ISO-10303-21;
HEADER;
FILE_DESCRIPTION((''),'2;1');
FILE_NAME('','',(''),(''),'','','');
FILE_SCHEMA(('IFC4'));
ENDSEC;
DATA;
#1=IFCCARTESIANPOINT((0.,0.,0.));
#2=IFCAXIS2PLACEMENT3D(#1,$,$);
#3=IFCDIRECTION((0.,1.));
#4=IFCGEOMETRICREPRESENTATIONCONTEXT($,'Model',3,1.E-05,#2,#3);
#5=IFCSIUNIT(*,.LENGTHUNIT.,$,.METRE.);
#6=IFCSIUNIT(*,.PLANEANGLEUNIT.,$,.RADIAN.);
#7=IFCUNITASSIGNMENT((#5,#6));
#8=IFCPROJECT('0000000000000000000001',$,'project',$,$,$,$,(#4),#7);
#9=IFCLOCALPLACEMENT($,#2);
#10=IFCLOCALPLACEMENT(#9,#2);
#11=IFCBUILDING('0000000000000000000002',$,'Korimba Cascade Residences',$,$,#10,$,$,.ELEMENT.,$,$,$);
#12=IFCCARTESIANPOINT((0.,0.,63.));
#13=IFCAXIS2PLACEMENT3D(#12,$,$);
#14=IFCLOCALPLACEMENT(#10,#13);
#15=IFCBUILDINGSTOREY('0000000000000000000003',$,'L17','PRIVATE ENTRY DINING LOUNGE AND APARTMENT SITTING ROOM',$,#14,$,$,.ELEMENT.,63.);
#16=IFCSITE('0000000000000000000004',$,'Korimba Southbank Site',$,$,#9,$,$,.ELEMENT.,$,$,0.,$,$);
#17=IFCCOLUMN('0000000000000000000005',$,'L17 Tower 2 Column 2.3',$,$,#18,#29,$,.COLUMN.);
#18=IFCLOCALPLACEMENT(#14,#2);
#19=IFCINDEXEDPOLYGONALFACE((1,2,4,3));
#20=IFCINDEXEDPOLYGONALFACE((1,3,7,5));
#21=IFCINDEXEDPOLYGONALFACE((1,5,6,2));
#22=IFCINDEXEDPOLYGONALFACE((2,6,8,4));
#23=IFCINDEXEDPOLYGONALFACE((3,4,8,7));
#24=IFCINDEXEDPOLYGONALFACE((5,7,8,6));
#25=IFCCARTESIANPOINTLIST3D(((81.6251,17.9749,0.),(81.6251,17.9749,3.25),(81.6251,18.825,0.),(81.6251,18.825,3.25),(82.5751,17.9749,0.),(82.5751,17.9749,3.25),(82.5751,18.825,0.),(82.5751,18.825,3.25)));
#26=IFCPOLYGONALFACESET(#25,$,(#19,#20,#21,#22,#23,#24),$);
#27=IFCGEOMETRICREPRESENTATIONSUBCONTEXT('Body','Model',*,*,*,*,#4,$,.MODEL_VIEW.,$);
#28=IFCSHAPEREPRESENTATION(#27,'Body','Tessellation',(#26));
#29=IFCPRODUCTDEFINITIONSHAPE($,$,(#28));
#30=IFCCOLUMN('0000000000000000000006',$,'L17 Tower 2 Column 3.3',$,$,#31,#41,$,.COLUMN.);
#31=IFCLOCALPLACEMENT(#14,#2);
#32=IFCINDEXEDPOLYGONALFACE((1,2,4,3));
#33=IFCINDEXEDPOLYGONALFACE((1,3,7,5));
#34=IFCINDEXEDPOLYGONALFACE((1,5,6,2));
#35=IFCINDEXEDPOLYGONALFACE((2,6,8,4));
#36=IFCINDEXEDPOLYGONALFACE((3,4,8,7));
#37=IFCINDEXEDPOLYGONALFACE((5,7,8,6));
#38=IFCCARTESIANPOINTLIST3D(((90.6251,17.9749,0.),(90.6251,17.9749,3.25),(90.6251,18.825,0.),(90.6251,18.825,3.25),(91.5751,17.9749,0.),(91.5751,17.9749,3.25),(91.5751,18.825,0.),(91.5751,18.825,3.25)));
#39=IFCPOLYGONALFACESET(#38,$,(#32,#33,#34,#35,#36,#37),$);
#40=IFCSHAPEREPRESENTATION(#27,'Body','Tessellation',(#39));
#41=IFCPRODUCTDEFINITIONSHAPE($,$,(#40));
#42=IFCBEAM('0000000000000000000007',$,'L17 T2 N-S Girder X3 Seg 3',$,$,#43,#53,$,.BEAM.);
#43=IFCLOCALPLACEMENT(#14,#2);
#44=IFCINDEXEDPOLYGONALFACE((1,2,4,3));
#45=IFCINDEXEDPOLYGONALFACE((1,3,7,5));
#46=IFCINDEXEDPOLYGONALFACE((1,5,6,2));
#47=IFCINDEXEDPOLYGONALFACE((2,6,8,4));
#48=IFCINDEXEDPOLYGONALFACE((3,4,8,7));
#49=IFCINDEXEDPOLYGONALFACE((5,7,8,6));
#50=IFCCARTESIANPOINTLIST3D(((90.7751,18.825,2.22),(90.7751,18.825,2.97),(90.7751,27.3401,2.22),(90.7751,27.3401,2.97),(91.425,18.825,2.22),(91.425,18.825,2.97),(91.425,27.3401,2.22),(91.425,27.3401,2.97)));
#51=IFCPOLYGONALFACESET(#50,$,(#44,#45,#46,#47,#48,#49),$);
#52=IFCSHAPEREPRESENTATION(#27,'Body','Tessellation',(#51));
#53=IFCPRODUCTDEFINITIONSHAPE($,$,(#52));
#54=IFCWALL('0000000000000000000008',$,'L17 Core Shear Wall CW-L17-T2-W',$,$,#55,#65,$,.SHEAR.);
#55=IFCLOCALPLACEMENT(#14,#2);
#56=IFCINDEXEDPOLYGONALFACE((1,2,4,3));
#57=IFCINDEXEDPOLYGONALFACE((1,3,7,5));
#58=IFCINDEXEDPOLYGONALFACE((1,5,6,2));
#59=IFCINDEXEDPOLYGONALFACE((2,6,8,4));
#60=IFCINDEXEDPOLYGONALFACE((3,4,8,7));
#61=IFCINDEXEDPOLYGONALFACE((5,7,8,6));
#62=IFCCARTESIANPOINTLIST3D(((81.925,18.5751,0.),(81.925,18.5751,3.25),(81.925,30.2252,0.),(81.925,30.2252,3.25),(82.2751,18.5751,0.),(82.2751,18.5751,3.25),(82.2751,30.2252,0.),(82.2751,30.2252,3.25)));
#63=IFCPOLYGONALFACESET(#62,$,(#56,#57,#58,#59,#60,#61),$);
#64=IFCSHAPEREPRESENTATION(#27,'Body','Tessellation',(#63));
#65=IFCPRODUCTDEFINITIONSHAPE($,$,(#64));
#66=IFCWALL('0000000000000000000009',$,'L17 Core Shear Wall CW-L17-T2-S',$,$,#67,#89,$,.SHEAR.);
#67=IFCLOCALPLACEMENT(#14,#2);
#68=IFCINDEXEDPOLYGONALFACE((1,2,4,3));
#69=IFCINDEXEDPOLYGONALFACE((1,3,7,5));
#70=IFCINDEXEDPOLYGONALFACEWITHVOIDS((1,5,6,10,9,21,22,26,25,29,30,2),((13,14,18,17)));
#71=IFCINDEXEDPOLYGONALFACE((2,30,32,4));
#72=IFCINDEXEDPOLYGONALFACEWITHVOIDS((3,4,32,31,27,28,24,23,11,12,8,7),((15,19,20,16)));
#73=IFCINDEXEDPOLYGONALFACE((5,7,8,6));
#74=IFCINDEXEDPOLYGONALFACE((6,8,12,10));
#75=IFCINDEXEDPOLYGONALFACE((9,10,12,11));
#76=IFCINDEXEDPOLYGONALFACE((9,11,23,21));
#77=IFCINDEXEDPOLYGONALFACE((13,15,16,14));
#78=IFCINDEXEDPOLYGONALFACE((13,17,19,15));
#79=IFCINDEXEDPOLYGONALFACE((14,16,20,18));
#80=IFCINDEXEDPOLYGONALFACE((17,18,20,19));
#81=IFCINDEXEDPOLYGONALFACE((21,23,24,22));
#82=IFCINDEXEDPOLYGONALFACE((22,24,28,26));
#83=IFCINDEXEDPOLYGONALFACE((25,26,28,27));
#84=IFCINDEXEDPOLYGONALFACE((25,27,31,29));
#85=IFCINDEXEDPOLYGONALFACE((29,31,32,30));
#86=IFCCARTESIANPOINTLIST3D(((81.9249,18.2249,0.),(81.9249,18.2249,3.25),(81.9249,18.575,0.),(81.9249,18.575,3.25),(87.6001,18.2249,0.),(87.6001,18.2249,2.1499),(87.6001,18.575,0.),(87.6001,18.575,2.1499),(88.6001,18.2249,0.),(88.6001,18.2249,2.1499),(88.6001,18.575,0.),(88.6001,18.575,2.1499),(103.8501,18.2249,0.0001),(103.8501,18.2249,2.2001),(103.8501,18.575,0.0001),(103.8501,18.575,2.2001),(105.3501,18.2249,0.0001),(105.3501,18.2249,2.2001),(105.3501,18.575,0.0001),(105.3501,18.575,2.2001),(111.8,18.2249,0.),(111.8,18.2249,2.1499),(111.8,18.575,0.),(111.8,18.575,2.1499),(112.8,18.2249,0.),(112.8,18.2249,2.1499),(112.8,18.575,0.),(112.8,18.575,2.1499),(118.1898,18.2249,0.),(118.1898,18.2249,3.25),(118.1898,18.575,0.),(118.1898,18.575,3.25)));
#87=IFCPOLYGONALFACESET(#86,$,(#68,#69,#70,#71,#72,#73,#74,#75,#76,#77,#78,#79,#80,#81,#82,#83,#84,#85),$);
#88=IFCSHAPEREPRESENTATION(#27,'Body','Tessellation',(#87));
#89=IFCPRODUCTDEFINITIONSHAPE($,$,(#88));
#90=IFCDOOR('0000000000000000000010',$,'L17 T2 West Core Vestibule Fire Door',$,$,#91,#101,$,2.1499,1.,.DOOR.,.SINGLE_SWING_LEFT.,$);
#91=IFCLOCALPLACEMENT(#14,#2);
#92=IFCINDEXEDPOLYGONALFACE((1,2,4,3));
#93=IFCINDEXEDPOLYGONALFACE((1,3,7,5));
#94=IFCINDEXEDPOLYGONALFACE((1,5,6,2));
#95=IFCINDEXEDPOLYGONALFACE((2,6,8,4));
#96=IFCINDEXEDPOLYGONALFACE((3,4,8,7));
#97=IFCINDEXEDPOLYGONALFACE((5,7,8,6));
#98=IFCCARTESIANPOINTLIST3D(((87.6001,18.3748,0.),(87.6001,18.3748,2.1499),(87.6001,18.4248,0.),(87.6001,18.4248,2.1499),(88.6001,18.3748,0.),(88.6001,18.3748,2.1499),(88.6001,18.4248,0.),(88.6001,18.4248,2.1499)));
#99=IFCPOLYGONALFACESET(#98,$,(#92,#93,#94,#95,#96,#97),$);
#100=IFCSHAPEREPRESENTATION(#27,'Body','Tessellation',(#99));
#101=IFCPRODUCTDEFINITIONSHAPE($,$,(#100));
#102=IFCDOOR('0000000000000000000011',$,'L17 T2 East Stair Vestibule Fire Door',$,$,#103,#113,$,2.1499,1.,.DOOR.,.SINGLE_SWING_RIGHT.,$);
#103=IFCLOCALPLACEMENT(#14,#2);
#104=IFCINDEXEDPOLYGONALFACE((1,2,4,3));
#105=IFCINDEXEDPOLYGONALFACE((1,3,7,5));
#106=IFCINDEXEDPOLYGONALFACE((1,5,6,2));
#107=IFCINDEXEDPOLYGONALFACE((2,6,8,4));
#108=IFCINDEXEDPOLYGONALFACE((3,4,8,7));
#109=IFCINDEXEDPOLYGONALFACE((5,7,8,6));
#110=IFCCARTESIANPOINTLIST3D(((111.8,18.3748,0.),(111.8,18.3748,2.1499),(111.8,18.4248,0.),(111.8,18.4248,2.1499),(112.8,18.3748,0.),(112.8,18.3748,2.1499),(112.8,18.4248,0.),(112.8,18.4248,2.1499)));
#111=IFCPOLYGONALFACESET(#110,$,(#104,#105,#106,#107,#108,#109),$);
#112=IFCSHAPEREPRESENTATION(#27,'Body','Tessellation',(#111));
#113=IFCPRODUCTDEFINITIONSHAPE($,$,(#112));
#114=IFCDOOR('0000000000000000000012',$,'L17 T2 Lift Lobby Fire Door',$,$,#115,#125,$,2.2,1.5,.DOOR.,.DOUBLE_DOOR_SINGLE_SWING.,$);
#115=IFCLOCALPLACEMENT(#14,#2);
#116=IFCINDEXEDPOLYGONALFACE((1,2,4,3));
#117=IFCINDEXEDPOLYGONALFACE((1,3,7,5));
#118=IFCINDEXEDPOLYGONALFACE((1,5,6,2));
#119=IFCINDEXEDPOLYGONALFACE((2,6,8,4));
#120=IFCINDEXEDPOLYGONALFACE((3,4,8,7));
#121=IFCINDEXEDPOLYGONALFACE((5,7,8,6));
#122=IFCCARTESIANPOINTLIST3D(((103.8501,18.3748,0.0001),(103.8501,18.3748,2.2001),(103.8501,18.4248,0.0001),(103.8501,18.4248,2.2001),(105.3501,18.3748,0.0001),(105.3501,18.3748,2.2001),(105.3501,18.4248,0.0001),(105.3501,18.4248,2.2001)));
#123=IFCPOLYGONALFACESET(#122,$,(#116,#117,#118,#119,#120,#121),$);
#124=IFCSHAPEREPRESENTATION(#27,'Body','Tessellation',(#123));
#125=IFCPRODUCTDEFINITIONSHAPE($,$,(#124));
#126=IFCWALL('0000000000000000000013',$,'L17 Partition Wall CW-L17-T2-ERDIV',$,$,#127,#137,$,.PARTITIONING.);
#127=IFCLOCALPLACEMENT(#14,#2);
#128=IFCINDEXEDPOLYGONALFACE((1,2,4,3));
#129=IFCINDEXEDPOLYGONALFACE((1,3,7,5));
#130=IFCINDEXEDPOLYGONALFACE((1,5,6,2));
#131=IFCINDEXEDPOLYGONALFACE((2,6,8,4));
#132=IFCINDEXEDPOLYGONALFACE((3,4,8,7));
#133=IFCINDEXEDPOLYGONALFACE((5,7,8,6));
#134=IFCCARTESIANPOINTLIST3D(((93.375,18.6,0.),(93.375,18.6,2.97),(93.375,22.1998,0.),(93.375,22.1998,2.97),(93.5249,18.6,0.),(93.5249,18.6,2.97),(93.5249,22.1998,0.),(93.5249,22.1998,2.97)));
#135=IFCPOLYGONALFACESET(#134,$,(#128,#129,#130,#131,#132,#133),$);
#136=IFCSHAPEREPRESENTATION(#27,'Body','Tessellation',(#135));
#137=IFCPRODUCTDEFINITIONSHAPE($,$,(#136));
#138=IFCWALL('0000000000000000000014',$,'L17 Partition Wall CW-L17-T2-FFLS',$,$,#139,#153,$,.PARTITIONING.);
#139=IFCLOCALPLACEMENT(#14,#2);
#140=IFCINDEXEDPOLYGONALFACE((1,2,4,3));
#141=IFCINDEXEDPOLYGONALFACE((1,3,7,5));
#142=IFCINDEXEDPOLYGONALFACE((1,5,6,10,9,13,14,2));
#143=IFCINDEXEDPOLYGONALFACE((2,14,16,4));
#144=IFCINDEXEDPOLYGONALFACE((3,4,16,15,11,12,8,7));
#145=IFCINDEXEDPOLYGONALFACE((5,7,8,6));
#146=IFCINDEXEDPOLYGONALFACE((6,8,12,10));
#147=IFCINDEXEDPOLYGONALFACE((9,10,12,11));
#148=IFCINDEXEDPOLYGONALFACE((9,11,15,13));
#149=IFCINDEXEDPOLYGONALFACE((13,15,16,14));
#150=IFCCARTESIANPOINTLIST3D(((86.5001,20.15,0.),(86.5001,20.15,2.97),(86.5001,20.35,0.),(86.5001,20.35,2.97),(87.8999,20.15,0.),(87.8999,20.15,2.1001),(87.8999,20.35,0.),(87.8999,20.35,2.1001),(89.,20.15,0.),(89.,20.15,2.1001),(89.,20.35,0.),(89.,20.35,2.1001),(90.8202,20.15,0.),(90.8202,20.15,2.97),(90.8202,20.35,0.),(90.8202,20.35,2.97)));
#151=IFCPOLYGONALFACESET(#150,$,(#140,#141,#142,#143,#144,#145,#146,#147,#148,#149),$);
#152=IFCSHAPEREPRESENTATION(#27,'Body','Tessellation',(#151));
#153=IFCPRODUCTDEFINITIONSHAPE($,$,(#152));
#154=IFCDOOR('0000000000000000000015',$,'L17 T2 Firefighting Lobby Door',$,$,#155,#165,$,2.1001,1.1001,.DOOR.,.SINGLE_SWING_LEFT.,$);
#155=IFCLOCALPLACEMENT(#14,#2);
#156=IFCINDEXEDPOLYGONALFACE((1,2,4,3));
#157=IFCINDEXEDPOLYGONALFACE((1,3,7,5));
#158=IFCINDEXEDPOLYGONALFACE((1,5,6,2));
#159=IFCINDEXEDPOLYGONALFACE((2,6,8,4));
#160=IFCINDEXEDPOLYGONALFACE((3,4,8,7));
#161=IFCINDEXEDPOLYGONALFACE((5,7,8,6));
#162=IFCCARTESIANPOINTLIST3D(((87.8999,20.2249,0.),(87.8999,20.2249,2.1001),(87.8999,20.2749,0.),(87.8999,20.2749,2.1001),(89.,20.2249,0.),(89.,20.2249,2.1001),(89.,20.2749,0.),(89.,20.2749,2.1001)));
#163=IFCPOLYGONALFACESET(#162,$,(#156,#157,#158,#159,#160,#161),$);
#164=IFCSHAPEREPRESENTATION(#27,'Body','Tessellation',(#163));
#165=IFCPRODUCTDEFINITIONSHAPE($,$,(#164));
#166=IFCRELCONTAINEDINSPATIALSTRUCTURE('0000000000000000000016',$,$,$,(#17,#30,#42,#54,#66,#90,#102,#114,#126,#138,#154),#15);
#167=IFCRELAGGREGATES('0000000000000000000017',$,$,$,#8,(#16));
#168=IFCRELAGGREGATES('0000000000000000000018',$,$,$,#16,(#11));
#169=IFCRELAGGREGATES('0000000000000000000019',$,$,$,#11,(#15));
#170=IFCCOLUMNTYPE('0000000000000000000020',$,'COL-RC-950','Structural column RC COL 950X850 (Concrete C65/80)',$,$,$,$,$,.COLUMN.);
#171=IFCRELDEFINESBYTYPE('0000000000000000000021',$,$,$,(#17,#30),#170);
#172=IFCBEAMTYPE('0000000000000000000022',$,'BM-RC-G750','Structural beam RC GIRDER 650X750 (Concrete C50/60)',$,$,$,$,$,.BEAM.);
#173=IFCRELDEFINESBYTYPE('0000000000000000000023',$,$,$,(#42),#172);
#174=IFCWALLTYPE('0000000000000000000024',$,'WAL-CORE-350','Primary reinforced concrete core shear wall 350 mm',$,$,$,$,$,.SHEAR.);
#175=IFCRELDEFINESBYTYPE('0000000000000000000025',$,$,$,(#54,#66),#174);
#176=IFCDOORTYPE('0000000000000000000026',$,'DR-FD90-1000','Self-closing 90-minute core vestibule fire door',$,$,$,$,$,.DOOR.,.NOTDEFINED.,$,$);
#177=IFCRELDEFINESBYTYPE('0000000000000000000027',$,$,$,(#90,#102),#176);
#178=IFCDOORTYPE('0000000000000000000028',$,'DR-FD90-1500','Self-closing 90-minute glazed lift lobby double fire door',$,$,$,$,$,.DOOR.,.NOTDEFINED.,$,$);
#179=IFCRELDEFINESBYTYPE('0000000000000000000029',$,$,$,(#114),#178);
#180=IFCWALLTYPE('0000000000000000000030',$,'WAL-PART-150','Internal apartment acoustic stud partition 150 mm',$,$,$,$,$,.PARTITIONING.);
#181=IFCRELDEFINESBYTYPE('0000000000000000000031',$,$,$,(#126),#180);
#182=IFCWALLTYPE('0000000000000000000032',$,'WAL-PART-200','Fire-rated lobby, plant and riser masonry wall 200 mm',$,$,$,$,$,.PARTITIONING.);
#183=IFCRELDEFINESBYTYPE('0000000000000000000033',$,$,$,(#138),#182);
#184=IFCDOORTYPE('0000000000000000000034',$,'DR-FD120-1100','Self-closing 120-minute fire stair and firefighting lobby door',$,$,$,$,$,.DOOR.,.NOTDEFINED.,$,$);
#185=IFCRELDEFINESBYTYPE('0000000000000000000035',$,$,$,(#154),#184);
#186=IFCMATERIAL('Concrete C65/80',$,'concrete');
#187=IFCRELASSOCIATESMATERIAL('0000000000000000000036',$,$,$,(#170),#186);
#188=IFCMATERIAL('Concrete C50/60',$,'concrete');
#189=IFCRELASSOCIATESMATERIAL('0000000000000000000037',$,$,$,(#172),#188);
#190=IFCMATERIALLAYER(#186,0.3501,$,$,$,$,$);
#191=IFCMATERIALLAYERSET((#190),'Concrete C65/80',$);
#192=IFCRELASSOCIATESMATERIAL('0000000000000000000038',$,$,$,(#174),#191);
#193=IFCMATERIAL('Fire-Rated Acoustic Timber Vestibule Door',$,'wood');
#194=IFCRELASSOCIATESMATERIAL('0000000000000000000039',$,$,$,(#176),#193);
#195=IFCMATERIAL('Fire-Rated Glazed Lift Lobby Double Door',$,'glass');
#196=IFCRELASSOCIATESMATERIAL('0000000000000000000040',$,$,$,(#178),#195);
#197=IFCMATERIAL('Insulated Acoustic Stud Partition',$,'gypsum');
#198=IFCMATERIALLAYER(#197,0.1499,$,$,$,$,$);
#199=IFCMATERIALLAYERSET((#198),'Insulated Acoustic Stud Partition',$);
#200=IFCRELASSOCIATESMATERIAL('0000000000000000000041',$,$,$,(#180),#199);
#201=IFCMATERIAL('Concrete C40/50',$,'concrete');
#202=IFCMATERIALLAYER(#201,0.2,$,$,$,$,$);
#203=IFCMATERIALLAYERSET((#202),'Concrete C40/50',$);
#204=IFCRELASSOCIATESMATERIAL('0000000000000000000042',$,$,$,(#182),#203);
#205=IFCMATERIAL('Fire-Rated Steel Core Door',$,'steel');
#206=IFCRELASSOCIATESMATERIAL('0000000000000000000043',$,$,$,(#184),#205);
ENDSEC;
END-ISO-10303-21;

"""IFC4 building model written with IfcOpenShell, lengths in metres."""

from ifc_helpers import new_model, si_unit, direction, frame, frame_2d, origin, origin_2d, place, context, subcontext, project, spatial, rectangle, extrude, material, layer, layer_set, material_profile, profile_set, type_object, element, fill, save


model = new_model("IFC4")

# Units and contexts
model_context = context("Model", 3, precision=1e-05, world=origin(), true_north=direction((0.0, 1.0)))
body_context = subcontext(model_context, "Body", "Model", "MODEL_VIEW")
ifc_project = project(units=[si_unit("LENGTHUNIT", "METRE"), si_unit("PLANEANGLEUNIT", "RADIAN")], contexts=[model_context])

# Site, building, storey
site_placement = place(None, origin())
site = spatial("IfcSite", under=ifc_project, at=site_placement, Name="Korimba Southbank Site", CompositionType="ELEMENT", RefElevation=0.0)
building_placement = place(site_placement, origin())
building = spatial("IfcBuilding", under=site, at=building_placement, Name="Korimba Cascade Residences", CompositionType="ELEMENT")
storey_placement = place(building_placement, frame((0.0, 0.0, 63.0)))
storey = spatial("IfcBuildingStorey", under=building, at=storey_placement, Name="L17", Description="PRIVATE ENTRY DINING LOUNGE AND APARTMENT SITTING ROOM", CompositionType="ELEMENT", Elevation=63.0)

# Columns
ifc_material_1 = material(Name="Concrete C65/80", Category="concrete")
ifc_material_profile_1 = material_profile(ifc_material_1, rectangle(XDim=0.95, YDim=0.8501, at=origin_2d()), Name="Concrete C65/80")
ifc_profile_set_1 = profile_set([ifc_material_profile_1], Name="Concrete C65/80")
column_type = type_object("IfcColumnType", Name="COL-RC-950", Description="Structural column RC COL 950X850 (Concrete C65/80)", PredefinedType="COLUMN", material=ifc_profile_set_1)
for number, where, z_axis, x_axis, name in (
    (1, (82.1001, 18.3999, 0.0), (0.0, 0.0, 1.0), (1.0, 0.0, 0.0), "L17 Tower 2 Column 2.3"),
    (2, (91.1001, 18.3999, 0.0), (0.0, 0.0, 1.0), (1.0, 0.0, 0.0), "L17 Tower 2 Column 3.3"),
):
    element("IfcColumn", number, at=place(storey_placement, frame(where, z_axis=z_axis, x_axis=x_axis)), inside=storey, type_object=column_type, Name=name, PredefinedType="COLUMN", context=body_context, shape_type="SweptSolid", body=[
        extrude(rectangle(XDim=0.95, YDim=0.8501, at=origin_2d()), origin(), (0.0, 0.0, 1.0), 3.25),
    ])

# Beam
ifc_material_2 = material(Name="Concrete C50/60", Category="concrete")
ifc_material_profile_2 = material_profile(ifc_material_2, rectangle(XDim=0.6499, YDim=0.75, at=origin_2d()), Name="Concrete C50/60")
ifc_profile_set_2 = profile_set([ifc_material_profile_2], Name="Concrete C50/60")
beam_type = type_object("IfcBeamType", Name="BM-RC-G750", Description="Structural beam RC GIRDER 650X750 (Concrete C50/60)", PredefinedType="BEAM", material=ifc_profile_set_2)
beam_placement = place(storey_placement, frame((91.1001, 18.825, 2.595), z_axis=(0.0, 1.0, 0.0), x_axis=(-1.0, 0.0, 0.0)))
element("IfcBeam", 3, at=beam_placement, inside=storey, type_object=beam_type, Name="L17 T2 N-S Girder X3 Seg 3", PredefinedType="BEAM", context=body_context, shape_type="SweptSolid", body=[
    extrude(rectangle(XDim=0.6499, YDim=0.75, at=origin_2d()), origin(), (0.0, 0.0, 1.0), 8.5151),
])

# Wall
ifc_layer_1 = layer(ifc_material_1, 0.3501)
ifc_layer_set_1 = layer_set([ifc_layer_1], Name="Concrete C65/80")
wall_type_1 = type_object("IfcWallType", Name="WAL-CORE-350", Description="Primary reinforced concrete core shear wall 350 mm", PredefinedType="SHEAR", material=ifc_layer_set_1)
wall_1_placement = place(storey_placement, frame((82.1001, 18.575, 0.0), z_axis=(0.0, 0.0, 1.0), x_axis=(0.0, 1.0, 0.0)))
element("IfcWall", 4, at=wall_1_placement, inside=storey, type_object=wall_type_1, Name="L17 Core Shear Wall CW-L17-T2-W", PredefinedType="SHEAR", context=body_context, shape_type="SweptSolid", body=[
    extrude(rectangle(XDim=11.6501, YDim=0.3501, at=frame_2d((5.8252, 0.0))), origin(), (0.0, 0.0, 1.0), 3.25),
])

# Wall, openings, doors
wall_2_placement = place(storey_placement, frame((81.925, 18.3999, 0.0), z_axis=(0.0, 0.0, 1.0), x_axis=(1.0, 0.0, 0.0)))
wall_2 = element("IfcWall", 5, at=wall_2_placement, inside=storey, type_object=wall_type_1, Name="L17 Core Shear Wall CW-L17-T2-S", PredefinedType="SHEAR", context=body_context, shape_type="SweptSolid", body=[
    extrude(rectangle(XDim=36.2649, YDim=0.3501, at=frame_2d((18.1323, 0.0))), origin(), (0.0, 0.0, 1.0), 3.25),
])
opening_1_placement = place(wall_2_placement, frame((5.675, 0.0, 0.0)))
opening_1 = element("IfcOpeningElement", 6, at=opening_1_placement, cuts=wall_2, PredefinedType="OPENING", context=body_context, shape_type="SweptSolid", body=[
    extrude(rectangle(XDim=1.0, YDim=2.1499, at=frame_2d((0.5, 1.075))), frame((0.0, 0.1851, 0.0), z_axis=(0.0, -1.0, 0.0), x_axis=(1.0, 0.0, 0.0)), (0.0, 0.0, 1.0), 0.3701),
])
opening_2_placement = place(wall_2_placement, frame((21.925, 0.0, 0.0)))
opening_2 = element("IfcOpeningElement", 7, at=opening_2_placement, cuts=wall_2, PredefinedType="OPENING", context=body_context, shape_type="SweptSolid", body=[
    extrude(rectangle(XDim=1.5, YDim=2.2, at=frame_2d((0.75, 1.1001))), frame((0.0, 0.1851, 0.0), z_axis=(0.0, -1.0, 0.0), x_axis=(1.0, 0.0, 0.0)), (0.0, 0.0, 1.0), 0.3701),
])
opening_3_placement = place(wall_2_placement, frame((29.875, 0.0, 0.0)))
opening_3 = element("IfcOpeningElement", 8, at=opening_3_placement, cuts=wall_2, PredefinedType="OPENING", context=body_context, shape_type="SweptSolid", body=[
    extrude(rectangle(XDim=1.0, YDim=2.1499, at=frame_2d((0.5, 1.075))), frame((0.0, 0.1851, 0.0), z_axis=(0.0, -1.0, 0.0), x_axis=(1.0, 0.0, 0.0)), (0.0, 0.0, 1.0), 0.3701),
])
ifc_material_3 = material(Name="Fire-Rated Acoustic Timber Vestibule Door", Category="wood")
door_type_1 = type_object("IfcDoorType", Name="DR-FD90-1000", Description="Self-closing 90-minute core vestibule fire door", OperationType="NOTDEFINED", PredefinedType="DOOR", material=ifc_material_3)
door_1_placement = place(opening_1_placement, origin())
door_1 = element("IfcDoor", 9, at=door_1_placement, inside=storey, type_object=door_type_1, Name="L17 T2 West Core Vestibule Fire Door", OperationType="SINGLE_SWING_LEFT", OverallHeight=2.1499, OverallWidth=1.0, PredefinedType="DOOR", context=body_context, shape_type="SweptSolid", body=[
    extrude(rectangle(XDim=1.0, YDim=2.1499, at=frame_2d((0.5, 1.075))), frame((0.0, 0.0249, 0.0), z_axis=(0.0, -1.0, 0.0), x_axis=(1.0, 0.0, 0.0)), (0.0, 0.0, 1.0), 0.05),
])
fill(opening_1, door_1)
door_2_placement = place(opening_3_placement, origin())
door_2 = element("IfcDoor", 10, at=door_2_placement, inside=storey, type_object=door_type_1, Name="L17 T2 East Stair Vestibule Fire Door", OperationType="SINGLE_SWING_RIGHT", OverallHeight=2.1499, OverallWidth=1.0, PredefinedType="DOOR", context=body_context, shape_type="SweptSolid", body=[
    extrude(rectangle(XDim=1.0, YDim=2.1499, at=frame_2d((0.5, 1.075))), frame((0.0, 0.0249, 0.0), z_axis=(0.0, -1.0, 0.0), x_axis=(1.0, 0.0, 0.0)), (0.0, 0.0, 1.0), 0.05),
])
fill(opening_3, door_2)
ifc_material_4 = material(Name="Fire-Rated Glazed Lift Lobby Double Door", Category="glass")
door_type_2 = type_object("IfcDoorType", Name="DR-FD90-1500", Description="Self-closing 90-minute glazed lift lobby double fire door", OperationType="NOTDEFINED", PredefinedType="DOOR", material=ifc_material_4)
door_3_placement = place(opening_2_placement, origin())
door_3 = element("IfcDoor", 11, at=door_3_placement, inside=storey, type_object=door_type_2, Name="L17 T2 Lift Lobby Fire Door", OperationType="DOUBLE_DOOR_SINGLE_SWING", OverallHeight=2.2, OverallWidth=1.5, PredefinedType="DOOR", context=body_context, shape_type="SweptSolid", body=[
    extrude(rectangle(XDim=1.5, YDim=2.2, at=frame_2d((0.75, 1.1001))), frame((0.0, 0.0249, 0.0), z_axis=(0.0, -1.0, 0.0), x_axis=(1.0, 0.0, 0.0)), (0.0, 0.0, 1.0), 0.05),
])
fill(opening_2, door_3)

# Wall
ifc_material_5 = material(Name="Insulated Acoustic Stud Partition", Category="gypsum")
ifc_layer_2 = layer(ifc_material_5, 0.1499)
ifc_layer_set_2 = layer_set([ifc_layer_2], Name="Insulated Acoustic Stud Partition")
wall_type_2 = type_object("IfcWallType", Name="WAL-PART-150", Description="Internal apartment acoustic stud partition 150 mm", PredefinedType="PARTITIONING", material=ifc_layer_set_2)
wall_3_placement = place(storey_placement, frame((93.45, 18.6001, 0.0), z_axis=(0.0, 0.0, 1.0), x_axis=(0.0, 1.0, 0.0)))
element("IfcWall", 12, at=wall_3_placement, inside=storey, type_object=wall_type_2, Name="L17 Partition Wall CW-L17-T2-ERDIV", PredefinedType="PARTITIONING", context=body_context, shape_type="SweptSolid", body=[
    extrude(rectangle(XDim=3.5999, YDim=0.1499, at=frame_2d((1.7998, 0.0))), origin(), (0.0, 0.0, 1.0), 2.97),
])

# Wall, opening, door
ifc_material_6 = material(Name="Concrete C40/50", Category="concrete")
ifc_layer_3 = layer(ifc_material_6, 0.2)
ifc_layer_set_3 = layer_set([ifc_layer_3], Name="Concrete C40/50")
wall_type_3 = type_object("IfcWallType", Name="WAL-PART-200", Description="Fire-rated lobby, plant and riser masonry wall 200 mm", PredefinedType="PARTITIONING", material=ifc_layer_set_3)
wall_4_placement = place(storey_placement, frame((86.5, 20.25, 0.0), z_axis=(0.0, 0.0, 1.0), x_axis=(1.0, 0.0, 0.0)))
wall_4 = element("IfcWall", 13, at=wall_4_placement, inside=storey, type_object=wall_type_3, Name="L17 Partition Wall CW-L17-T2-FFLS", PredefinedType="PARTITIONING", context=body_context, shape_type="SweptSolid", body=[
    extrude(rectangle(XDim=4.3201, YDim=0.2, at=frame_2d((2.1602, 0.0))), origin(), (0.0, 0.0, 1.0), 2.97),
])
opening_4_placement = place(wall_4_placement, frame((1.3999, 0.0, 0.0)))
opening_4 = element("IfcOpeningElement", 14, at=opening_4_placement, cuts=wall_4, PredefinedType="OPENING", context=body_context, shape_type="SweptSolid", body=[
    extrude(rectangle(XDim=1.1001, YDim=2.1001, at=frame_2d((0.55, 1.05))), frame((0.0, 0.1099, 0.0), z_axis=(0.0, -1.0, 0.0), x_axis=(1.0, 0.0, 0.0)), (0.0, 0.0, 1.0), 0.22),
])
ifc_material_7 = material(Name="Fire-Rated Steel Core Door", Category="steel")
door_type_3 = type_object("IfcDoorType", Name="DR-FD120-1100", Description="Self-closing 120-minute fire stair and firefighting lobby door", OperationType="NOTDEFINED", PredefinedType="DOOR", material=ifc_material_7)
door_4_placement = place(opening_4_placement, origin())
door_4 = element("IfcDoor", 15, at=door_4_placement, inside=storey, type_object=door_type_3, Name="L17 T2 Firefighting Lobby Door", OperationType="SINGLE_SWING_LEFT", OverallHeight=2.1001, OverallWidth=1.1001, PredefinedType="DOOR", context=body_context, shape_type="SweptSolid", body=[
    extrude(rectangle(XDim=1.1001, YDim=2.1001, at=frame_2d((0.55, 1.05))), frame((0.0, 0.0249, 0.0), z_axis=(0.0, -1.0, 0.0), x_axis=(1.0, 0.0, 0.0)), (0.0, 0.0, 1.0), 0.05),
])
fill(opening_4, door_4)

save(model, "model.ifc")
